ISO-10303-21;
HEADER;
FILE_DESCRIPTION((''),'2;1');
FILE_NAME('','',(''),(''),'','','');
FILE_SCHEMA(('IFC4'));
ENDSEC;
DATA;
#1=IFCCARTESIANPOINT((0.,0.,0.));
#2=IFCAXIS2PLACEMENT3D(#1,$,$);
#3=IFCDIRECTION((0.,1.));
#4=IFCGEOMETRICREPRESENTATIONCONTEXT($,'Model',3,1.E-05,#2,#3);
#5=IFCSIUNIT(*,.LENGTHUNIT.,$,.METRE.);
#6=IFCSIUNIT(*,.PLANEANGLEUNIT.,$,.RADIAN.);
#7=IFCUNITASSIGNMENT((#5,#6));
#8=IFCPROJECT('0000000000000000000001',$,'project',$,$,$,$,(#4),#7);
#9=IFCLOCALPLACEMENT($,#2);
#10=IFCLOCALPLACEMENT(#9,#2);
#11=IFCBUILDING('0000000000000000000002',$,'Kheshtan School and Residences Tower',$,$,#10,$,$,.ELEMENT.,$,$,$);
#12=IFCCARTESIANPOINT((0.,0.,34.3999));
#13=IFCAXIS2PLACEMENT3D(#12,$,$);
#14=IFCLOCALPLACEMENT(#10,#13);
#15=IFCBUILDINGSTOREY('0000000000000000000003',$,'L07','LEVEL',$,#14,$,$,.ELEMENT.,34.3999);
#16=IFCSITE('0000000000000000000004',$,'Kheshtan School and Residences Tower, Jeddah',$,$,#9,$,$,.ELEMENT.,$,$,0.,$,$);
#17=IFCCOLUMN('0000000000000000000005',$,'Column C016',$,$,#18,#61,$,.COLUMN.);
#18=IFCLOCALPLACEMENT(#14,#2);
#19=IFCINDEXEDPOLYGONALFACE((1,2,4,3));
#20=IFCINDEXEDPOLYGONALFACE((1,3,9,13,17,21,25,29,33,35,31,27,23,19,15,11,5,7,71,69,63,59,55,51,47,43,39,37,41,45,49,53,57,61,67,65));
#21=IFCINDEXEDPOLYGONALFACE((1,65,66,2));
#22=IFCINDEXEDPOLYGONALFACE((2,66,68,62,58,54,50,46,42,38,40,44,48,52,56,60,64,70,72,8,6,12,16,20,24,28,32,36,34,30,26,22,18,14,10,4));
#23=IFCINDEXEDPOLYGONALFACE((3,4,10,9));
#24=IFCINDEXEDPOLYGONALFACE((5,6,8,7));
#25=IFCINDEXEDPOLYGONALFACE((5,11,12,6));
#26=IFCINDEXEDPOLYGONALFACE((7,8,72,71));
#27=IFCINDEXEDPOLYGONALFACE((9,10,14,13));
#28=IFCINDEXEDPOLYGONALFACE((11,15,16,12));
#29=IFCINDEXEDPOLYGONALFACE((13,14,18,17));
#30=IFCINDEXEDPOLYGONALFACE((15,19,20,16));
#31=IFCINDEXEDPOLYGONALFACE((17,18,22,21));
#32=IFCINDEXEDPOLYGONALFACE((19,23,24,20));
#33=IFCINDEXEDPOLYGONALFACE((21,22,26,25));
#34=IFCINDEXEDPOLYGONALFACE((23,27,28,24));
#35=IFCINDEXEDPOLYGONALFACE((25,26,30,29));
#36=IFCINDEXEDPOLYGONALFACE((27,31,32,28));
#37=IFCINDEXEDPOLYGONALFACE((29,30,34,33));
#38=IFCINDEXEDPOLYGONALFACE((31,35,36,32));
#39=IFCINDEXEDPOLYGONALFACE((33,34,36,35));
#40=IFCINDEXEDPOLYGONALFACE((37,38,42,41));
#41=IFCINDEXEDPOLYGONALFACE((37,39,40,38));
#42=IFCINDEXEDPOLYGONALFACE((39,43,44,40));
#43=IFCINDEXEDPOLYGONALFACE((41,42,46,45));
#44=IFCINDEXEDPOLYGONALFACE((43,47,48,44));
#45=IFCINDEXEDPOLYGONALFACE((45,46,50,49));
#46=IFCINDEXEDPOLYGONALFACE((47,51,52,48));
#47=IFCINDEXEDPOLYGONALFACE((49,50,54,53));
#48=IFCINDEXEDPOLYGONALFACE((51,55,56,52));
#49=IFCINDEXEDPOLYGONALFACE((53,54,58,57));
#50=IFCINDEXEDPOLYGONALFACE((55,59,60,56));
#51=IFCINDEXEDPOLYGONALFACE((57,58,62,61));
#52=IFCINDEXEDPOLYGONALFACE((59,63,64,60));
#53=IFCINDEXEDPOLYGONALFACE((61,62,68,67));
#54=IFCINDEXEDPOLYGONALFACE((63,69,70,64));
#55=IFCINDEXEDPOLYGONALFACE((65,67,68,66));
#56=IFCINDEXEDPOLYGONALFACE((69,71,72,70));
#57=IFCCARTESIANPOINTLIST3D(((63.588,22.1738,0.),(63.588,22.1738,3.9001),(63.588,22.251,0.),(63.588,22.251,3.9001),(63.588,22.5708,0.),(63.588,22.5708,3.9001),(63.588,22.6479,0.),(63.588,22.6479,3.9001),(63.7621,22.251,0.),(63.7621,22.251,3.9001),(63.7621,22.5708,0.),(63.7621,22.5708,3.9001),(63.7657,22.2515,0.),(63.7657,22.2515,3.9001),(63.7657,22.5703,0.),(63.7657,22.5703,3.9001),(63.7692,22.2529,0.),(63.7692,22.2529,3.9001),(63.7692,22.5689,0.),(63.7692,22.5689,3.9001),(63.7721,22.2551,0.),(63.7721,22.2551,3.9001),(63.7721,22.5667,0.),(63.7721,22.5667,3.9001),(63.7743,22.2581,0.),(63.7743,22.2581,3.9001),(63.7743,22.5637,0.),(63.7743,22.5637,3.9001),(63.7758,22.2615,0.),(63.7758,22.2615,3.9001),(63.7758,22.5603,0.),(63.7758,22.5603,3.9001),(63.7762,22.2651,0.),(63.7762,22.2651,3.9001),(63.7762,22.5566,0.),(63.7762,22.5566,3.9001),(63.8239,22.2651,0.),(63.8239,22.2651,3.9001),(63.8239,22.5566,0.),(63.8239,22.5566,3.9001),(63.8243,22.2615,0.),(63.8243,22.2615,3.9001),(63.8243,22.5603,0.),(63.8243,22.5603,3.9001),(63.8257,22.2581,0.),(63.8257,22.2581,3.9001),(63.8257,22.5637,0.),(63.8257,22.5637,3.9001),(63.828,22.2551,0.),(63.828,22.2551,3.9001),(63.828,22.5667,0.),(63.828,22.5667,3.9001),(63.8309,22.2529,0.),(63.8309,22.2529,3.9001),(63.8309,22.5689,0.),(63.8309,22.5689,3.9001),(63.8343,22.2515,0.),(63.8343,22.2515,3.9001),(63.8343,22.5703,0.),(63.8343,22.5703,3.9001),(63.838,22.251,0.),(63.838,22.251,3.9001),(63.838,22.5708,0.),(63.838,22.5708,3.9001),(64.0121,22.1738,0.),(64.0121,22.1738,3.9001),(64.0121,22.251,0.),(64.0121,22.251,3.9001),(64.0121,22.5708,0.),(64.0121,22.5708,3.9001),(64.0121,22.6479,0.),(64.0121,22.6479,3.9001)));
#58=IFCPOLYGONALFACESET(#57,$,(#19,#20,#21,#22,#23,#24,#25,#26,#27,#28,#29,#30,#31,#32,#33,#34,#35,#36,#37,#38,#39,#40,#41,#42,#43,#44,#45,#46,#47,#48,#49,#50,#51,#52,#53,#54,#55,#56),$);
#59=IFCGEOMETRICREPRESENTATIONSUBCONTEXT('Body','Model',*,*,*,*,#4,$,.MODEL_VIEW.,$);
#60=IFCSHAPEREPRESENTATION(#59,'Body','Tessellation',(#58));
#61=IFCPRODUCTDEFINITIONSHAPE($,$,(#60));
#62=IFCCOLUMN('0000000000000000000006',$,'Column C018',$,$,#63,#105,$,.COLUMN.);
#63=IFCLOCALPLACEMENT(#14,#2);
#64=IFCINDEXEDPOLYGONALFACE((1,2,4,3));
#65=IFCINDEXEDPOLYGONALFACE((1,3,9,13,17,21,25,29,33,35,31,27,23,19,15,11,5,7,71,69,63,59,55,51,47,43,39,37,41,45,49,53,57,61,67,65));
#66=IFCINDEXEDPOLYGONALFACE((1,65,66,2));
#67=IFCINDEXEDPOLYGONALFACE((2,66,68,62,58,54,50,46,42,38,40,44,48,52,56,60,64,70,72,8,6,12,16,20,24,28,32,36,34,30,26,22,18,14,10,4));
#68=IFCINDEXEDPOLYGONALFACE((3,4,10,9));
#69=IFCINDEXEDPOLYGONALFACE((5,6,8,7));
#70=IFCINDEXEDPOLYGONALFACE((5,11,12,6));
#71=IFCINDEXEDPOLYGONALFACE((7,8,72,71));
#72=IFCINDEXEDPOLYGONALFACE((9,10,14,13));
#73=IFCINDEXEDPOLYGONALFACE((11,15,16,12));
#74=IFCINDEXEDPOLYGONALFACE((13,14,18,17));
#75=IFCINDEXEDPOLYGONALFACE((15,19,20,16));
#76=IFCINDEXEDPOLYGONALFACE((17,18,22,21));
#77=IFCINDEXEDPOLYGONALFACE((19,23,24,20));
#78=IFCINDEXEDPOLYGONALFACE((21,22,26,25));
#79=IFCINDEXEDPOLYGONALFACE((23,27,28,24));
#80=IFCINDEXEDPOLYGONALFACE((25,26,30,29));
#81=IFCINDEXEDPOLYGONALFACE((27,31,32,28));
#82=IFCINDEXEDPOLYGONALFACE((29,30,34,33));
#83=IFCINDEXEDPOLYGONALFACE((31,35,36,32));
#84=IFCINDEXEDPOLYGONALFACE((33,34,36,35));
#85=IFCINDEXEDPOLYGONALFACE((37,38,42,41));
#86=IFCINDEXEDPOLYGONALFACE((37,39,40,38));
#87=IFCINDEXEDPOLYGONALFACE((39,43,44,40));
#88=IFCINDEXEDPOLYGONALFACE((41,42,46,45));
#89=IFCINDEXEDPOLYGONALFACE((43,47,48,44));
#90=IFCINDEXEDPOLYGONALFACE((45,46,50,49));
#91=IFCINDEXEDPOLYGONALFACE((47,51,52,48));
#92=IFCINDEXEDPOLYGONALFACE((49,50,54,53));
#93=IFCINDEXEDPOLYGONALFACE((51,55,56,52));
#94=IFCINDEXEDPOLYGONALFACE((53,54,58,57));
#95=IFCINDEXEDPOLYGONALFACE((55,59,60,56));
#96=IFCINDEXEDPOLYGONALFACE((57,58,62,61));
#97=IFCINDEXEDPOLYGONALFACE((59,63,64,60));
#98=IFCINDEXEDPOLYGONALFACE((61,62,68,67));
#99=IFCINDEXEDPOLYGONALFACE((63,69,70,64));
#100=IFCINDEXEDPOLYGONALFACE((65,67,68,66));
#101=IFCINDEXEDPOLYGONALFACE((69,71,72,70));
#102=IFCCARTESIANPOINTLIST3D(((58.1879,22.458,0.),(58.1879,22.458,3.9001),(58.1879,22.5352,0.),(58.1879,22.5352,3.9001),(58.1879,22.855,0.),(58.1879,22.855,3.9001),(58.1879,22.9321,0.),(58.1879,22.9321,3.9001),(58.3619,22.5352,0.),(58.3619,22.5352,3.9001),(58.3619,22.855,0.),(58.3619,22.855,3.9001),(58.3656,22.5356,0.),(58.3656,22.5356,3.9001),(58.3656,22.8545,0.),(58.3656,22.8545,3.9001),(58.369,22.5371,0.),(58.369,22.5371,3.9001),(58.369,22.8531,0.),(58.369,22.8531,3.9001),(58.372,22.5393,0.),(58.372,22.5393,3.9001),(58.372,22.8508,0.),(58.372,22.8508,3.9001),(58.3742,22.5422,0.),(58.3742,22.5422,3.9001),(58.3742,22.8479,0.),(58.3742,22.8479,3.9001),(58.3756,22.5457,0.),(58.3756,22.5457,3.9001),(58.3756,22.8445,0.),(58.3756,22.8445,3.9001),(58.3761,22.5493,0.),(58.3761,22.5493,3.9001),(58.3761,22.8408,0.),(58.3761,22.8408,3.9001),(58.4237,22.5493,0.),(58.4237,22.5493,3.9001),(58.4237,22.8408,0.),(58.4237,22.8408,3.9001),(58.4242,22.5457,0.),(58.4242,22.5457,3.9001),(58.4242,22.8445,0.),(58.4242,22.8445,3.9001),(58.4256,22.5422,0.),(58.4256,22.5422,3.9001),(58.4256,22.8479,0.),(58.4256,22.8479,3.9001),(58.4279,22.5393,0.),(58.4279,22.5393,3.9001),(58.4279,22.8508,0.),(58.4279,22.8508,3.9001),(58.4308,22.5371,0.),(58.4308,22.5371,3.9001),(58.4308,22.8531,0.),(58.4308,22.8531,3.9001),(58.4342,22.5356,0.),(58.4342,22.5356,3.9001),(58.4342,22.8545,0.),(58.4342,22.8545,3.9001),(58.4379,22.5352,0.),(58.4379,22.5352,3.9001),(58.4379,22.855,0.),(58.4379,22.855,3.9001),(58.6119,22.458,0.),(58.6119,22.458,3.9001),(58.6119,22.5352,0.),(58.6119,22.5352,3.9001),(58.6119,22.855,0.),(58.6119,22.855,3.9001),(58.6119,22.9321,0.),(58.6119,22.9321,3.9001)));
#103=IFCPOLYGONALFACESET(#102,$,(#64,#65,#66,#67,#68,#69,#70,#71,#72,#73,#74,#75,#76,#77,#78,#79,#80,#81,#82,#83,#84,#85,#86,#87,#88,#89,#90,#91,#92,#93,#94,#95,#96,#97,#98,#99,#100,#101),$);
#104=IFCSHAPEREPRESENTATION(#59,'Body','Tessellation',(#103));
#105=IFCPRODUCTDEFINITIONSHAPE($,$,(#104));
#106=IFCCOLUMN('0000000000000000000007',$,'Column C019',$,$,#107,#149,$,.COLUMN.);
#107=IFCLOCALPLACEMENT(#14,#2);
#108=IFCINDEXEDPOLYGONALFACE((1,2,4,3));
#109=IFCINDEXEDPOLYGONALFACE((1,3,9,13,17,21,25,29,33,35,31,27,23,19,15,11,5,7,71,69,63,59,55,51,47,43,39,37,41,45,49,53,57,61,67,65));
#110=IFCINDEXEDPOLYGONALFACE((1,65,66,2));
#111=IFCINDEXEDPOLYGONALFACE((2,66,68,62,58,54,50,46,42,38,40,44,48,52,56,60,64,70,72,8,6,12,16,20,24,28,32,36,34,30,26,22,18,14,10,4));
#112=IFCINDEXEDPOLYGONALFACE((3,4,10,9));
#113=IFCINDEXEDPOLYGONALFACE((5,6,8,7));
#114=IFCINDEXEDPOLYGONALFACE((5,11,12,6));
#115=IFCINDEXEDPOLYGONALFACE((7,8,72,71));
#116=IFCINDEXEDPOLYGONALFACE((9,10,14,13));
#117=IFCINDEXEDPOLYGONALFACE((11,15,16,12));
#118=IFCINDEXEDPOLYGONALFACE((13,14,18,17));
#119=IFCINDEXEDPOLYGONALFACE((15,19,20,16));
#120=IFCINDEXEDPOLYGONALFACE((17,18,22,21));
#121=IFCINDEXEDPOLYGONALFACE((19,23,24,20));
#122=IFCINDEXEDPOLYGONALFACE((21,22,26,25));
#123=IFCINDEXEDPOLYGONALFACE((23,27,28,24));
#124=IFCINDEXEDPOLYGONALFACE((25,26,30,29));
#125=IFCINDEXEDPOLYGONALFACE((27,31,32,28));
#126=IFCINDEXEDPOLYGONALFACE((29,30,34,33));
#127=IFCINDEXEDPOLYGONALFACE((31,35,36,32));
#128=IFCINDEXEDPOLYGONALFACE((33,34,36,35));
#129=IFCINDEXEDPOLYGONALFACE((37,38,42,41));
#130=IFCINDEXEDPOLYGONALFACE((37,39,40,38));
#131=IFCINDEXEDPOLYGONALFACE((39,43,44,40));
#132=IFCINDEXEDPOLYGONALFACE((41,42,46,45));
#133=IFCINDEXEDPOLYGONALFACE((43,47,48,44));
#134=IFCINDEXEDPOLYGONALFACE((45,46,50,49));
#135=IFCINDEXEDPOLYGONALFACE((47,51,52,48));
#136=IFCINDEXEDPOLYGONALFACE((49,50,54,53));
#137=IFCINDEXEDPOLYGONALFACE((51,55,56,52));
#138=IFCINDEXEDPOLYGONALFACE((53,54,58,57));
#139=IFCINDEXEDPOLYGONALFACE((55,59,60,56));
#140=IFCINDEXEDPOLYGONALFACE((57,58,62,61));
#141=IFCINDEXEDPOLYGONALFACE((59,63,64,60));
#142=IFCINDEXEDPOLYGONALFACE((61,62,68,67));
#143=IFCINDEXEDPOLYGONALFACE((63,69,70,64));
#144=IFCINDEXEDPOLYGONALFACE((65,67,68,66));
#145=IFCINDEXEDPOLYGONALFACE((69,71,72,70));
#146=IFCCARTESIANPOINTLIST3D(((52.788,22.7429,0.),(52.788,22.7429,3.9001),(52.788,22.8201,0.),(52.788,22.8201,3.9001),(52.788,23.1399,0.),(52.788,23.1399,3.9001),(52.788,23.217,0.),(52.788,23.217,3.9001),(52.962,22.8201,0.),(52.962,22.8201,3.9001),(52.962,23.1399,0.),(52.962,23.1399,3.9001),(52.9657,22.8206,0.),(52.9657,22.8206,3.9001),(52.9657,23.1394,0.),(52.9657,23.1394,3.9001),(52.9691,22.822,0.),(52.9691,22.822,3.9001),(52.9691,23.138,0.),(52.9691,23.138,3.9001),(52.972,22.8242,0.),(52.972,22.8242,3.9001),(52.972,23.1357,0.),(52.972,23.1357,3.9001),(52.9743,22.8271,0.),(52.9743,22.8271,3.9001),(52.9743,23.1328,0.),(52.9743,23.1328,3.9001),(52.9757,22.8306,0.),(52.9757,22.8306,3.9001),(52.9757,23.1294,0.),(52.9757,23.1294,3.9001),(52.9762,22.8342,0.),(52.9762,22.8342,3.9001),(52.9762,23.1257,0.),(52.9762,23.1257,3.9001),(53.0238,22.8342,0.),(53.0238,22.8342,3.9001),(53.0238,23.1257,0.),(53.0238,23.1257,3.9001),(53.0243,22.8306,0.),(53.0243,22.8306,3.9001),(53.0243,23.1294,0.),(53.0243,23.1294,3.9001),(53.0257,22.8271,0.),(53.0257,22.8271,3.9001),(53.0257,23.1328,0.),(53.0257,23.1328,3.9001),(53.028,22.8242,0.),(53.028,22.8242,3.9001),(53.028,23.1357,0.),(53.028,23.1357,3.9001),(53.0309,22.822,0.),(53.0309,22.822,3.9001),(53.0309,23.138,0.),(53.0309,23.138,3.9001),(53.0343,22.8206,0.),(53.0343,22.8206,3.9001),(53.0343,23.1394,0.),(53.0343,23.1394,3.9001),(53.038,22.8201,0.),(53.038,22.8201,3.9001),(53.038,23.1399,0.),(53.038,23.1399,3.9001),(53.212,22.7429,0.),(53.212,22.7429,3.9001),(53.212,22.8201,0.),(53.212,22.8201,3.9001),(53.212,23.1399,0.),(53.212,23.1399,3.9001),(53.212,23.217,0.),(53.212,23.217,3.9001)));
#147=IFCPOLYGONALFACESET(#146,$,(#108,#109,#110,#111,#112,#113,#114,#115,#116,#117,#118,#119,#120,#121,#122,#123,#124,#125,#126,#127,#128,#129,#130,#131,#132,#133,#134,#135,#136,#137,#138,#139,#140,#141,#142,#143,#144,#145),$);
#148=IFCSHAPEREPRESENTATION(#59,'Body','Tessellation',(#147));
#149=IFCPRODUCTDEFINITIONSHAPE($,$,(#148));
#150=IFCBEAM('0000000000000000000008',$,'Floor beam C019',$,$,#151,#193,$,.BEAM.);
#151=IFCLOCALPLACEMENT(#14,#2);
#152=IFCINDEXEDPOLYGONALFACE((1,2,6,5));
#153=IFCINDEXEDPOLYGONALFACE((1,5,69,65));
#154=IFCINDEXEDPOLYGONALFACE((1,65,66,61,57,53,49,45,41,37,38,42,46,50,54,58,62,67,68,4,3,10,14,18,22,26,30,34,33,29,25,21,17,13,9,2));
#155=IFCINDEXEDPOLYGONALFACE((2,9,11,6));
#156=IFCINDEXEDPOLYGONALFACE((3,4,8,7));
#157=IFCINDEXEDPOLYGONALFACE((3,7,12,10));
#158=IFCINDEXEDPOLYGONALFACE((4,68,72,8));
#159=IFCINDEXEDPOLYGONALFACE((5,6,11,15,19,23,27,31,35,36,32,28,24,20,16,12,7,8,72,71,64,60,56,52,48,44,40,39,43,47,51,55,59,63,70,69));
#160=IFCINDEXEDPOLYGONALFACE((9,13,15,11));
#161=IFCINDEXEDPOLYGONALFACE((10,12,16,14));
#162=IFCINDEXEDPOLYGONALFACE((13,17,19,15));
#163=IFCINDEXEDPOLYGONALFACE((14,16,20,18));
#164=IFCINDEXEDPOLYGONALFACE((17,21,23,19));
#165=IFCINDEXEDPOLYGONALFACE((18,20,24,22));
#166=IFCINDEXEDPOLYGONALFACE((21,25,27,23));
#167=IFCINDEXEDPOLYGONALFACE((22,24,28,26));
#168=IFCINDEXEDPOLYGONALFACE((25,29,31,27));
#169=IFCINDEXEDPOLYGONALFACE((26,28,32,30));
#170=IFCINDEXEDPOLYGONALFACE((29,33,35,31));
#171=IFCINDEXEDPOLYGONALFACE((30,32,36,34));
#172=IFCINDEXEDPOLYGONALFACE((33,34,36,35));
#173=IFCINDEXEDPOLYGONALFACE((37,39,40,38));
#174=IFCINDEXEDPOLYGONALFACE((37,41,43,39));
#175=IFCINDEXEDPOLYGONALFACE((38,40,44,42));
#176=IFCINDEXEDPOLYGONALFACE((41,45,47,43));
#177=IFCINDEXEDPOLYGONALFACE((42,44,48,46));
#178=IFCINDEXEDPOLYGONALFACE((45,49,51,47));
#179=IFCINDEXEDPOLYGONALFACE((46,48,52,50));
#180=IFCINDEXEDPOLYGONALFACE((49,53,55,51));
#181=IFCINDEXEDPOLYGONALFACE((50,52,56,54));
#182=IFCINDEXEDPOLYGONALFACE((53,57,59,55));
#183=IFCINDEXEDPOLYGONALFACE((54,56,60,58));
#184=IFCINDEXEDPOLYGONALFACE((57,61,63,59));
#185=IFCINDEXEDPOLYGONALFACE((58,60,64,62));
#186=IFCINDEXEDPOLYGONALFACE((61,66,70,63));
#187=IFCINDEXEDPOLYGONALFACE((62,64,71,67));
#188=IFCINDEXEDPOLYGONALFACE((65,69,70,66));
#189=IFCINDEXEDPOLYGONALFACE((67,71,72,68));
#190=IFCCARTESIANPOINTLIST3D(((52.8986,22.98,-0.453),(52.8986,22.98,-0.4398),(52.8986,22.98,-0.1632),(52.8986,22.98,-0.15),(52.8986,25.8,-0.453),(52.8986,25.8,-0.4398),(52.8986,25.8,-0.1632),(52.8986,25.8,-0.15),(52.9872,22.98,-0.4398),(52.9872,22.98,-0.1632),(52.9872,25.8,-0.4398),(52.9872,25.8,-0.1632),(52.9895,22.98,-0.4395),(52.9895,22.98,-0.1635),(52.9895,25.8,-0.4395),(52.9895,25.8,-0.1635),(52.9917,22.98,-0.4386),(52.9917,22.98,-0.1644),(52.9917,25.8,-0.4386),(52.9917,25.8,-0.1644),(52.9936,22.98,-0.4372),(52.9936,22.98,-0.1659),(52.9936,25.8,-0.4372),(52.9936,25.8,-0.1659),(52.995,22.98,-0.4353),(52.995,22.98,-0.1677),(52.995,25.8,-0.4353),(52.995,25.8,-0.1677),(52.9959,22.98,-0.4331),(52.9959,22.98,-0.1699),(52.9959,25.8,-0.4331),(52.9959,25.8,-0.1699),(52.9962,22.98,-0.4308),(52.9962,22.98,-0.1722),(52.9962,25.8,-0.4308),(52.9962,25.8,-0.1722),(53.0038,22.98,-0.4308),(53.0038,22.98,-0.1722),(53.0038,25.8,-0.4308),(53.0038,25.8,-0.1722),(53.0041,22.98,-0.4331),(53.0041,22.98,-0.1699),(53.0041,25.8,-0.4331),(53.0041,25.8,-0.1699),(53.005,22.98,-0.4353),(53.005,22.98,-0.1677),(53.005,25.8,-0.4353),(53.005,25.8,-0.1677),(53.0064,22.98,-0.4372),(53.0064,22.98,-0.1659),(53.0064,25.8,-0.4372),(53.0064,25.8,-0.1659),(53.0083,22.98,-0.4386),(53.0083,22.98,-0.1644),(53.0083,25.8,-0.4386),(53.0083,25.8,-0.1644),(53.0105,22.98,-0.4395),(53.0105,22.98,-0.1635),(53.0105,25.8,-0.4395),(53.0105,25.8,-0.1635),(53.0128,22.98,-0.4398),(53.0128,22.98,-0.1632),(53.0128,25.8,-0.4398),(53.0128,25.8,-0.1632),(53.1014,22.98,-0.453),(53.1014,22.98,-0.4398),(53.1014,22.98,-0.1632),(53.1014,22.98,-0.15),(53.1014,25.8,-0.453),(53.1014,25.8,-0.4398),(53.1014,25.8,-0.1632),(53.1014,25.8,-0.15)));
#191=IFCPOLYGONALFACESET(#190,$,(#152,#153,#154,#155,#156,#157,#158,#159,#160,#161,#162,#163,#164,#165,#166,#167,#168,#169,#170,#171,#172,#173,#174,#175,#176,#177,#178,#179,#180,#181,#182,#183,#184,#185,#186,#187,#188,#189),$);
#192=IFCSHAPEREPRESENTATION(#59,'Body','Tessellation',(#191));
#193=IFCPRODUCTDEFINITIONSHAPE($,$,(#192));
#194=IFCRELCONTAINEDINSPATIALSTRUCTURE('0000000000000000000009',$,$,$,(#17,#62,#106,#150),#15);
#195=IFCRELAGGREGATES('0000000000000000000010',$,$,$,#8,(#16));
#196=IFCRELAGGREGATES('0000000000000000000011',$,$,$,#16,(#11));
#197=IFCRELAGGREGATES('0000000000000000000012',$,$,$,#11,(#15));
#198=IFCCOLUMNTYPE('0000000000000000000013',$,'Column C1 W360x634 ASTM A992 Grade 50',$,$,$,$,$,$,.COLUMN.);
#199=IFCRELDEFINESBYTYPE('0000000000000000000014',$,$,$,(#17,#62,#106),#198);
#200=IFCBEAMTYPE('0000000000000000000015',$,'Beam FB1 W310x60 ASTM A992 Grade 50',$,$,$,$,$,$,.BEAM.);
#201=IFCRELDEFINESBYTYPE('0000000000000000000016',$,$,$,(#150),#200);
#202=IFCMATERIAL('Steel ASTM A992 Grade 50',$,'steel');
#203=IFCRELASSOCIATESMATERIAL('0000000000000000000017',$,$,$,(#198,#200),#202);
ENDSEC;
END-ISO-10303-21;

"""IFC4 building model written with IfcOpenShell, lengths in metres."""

from ifc_helpers import new_model, si_unit, direction, frame, origin, origin_2d, place, context, subcontext, project, spatial, i_section, extrude, material, material_profile, profile_set, type_object, element, save


model = new_model("IFC4")

# Units and contexts
model_context = context("Model", 3, precision=1e-05, world=origin(), true_north=direction((0.0, 1.0)))
body_context = subcontext(model_context, "Body", "Model", "MODEL_VIEW")
ifc_project = project(units=[si_unit("LENGTHUNIT", "METRE"), si_unit("PLANEANGLEUNIT", "RADIAN")], contexts=[model_context])

# Site, building, storey
site_placement = place(None, origin())
site = spatial("IfcSite", under=ifc_project, at=site_placement, Name="Kheshtan School and Residences Tower, Jeddah", CompositionType="ELEMENT", RefElevation=0.0)
building_placement = place(site_placement, origin())
building = spatial("IfcBuilding", under=site, at=building_placement, Name="Kheshtan School and Residences Tower", CompositionType="ELEMENT")
storey_placement = place(building_placement, frame((0.0, 0.0, 34.3999)))
storey = spatial("IfcBuildingStorey", under=building, at=storey_placement, Name="L07", Description="LEVEL", CompositionType="ELEMENT", Elevation=34.3999)

# Columns
ifc_material_1 = material(Name="Steel ASTM A992 Grade 50", Category="steel")
ifc_material_profile_1 = material_profile(ifc_material_1, i_section(OverallWidth=0.4241, OverallDepth=0.4741, WebThickness=0.0476, FlangeThickness=0.0771, FilletRadius=0.0142, at=origin_2d()), Name="W360x634")
ifc_profile_set_1 = profile_set([ifc_material_profile_1], Name="Steel ASTM A992 Grade 50")
column_type = type_object("IfcColumnType", Name="Column C1 W360x634 ASTM A992 Grade 50", PredefinedType="COLUMN", material=ifc_profile_set_1)
for number, where, z_axis, x_axis, name in (
    (1, (63.8, 22.4109, 0.0), (0.0, 0.0, 1.0), (1.0, 0.0, 0.0), "Column C016"),
    (2, (58.3999, 22.6951, 0.0), (0.0, 0.0, 1.0), (1.0, 0.0, 0.0), "Column C018"),
    (3, (53.0, 22.98, 0.0), (0.0, 0.0, 1.0), (1.0, 0.0, 0.0), "Column C019"),
):
    element("IfcColumn", number, at=place(storey_placement, frame(where, z_axis=z_axis, x_axis=x_axis)), inside=storey, type_object=column_type, Name=name, PredefinedType="COLUMN", context=body_context, shape_type="SweptSolid", body=[
        extrude(i_section(OverallWidth=0.4241, OverallDepth=0.4741, WebThickness=0.0476, FlangeThickness=0.0771, FilletRadius=0.0142, at=origin_2d()), origin(), (0.0, 0.0, 1.0), 3.9001),
    ])

# Beam
ifc_material_profile_2 = material_profile(ifc_material_1, i_section(OverallWidth=0.2029, OverallDepth=0.303, WebThickness=0.0076, FlangeThickness=0.0132, FilletRadius=0.009, at=origin_2d()), Name="W310x60")
ifc_profile_set_2 = profile_set([ifc_material_profile_2], Name="Steel ASTM A992 Grade 50")
beam_type_1 = type_object("IfcBeamType", Name="Beam FB1 W310x60 ASTM A992 Grade 50", PredefinedType="BEAM", material=ifc_profile_set_2)
beam_1_placement = place(storey_placement, frame((53.0, 22.98, -0.3015), z_axis=(0.0, 1.0, 0.0), x_axis=(-1.0, 0.0, 0.0)))
element("IfcBeam", 4, at=beam_1_placement, inside=storey, type_object=beam_type_1, Name="Floor beam C019", PredefinedType="BEAM", context=body_context, shape_type="SweptSolid", body=[
    extrude(i_section(OverallWidth=0.2029, OverallDepth=0.303, WebThickness=0.0076, FlangeThickness=0.0132, FilletRadius=0.009, at=origin_2d()), origin(), (0.0, 0.0, 1.0), 2.8201),
])

save(model, "model.ifc")
